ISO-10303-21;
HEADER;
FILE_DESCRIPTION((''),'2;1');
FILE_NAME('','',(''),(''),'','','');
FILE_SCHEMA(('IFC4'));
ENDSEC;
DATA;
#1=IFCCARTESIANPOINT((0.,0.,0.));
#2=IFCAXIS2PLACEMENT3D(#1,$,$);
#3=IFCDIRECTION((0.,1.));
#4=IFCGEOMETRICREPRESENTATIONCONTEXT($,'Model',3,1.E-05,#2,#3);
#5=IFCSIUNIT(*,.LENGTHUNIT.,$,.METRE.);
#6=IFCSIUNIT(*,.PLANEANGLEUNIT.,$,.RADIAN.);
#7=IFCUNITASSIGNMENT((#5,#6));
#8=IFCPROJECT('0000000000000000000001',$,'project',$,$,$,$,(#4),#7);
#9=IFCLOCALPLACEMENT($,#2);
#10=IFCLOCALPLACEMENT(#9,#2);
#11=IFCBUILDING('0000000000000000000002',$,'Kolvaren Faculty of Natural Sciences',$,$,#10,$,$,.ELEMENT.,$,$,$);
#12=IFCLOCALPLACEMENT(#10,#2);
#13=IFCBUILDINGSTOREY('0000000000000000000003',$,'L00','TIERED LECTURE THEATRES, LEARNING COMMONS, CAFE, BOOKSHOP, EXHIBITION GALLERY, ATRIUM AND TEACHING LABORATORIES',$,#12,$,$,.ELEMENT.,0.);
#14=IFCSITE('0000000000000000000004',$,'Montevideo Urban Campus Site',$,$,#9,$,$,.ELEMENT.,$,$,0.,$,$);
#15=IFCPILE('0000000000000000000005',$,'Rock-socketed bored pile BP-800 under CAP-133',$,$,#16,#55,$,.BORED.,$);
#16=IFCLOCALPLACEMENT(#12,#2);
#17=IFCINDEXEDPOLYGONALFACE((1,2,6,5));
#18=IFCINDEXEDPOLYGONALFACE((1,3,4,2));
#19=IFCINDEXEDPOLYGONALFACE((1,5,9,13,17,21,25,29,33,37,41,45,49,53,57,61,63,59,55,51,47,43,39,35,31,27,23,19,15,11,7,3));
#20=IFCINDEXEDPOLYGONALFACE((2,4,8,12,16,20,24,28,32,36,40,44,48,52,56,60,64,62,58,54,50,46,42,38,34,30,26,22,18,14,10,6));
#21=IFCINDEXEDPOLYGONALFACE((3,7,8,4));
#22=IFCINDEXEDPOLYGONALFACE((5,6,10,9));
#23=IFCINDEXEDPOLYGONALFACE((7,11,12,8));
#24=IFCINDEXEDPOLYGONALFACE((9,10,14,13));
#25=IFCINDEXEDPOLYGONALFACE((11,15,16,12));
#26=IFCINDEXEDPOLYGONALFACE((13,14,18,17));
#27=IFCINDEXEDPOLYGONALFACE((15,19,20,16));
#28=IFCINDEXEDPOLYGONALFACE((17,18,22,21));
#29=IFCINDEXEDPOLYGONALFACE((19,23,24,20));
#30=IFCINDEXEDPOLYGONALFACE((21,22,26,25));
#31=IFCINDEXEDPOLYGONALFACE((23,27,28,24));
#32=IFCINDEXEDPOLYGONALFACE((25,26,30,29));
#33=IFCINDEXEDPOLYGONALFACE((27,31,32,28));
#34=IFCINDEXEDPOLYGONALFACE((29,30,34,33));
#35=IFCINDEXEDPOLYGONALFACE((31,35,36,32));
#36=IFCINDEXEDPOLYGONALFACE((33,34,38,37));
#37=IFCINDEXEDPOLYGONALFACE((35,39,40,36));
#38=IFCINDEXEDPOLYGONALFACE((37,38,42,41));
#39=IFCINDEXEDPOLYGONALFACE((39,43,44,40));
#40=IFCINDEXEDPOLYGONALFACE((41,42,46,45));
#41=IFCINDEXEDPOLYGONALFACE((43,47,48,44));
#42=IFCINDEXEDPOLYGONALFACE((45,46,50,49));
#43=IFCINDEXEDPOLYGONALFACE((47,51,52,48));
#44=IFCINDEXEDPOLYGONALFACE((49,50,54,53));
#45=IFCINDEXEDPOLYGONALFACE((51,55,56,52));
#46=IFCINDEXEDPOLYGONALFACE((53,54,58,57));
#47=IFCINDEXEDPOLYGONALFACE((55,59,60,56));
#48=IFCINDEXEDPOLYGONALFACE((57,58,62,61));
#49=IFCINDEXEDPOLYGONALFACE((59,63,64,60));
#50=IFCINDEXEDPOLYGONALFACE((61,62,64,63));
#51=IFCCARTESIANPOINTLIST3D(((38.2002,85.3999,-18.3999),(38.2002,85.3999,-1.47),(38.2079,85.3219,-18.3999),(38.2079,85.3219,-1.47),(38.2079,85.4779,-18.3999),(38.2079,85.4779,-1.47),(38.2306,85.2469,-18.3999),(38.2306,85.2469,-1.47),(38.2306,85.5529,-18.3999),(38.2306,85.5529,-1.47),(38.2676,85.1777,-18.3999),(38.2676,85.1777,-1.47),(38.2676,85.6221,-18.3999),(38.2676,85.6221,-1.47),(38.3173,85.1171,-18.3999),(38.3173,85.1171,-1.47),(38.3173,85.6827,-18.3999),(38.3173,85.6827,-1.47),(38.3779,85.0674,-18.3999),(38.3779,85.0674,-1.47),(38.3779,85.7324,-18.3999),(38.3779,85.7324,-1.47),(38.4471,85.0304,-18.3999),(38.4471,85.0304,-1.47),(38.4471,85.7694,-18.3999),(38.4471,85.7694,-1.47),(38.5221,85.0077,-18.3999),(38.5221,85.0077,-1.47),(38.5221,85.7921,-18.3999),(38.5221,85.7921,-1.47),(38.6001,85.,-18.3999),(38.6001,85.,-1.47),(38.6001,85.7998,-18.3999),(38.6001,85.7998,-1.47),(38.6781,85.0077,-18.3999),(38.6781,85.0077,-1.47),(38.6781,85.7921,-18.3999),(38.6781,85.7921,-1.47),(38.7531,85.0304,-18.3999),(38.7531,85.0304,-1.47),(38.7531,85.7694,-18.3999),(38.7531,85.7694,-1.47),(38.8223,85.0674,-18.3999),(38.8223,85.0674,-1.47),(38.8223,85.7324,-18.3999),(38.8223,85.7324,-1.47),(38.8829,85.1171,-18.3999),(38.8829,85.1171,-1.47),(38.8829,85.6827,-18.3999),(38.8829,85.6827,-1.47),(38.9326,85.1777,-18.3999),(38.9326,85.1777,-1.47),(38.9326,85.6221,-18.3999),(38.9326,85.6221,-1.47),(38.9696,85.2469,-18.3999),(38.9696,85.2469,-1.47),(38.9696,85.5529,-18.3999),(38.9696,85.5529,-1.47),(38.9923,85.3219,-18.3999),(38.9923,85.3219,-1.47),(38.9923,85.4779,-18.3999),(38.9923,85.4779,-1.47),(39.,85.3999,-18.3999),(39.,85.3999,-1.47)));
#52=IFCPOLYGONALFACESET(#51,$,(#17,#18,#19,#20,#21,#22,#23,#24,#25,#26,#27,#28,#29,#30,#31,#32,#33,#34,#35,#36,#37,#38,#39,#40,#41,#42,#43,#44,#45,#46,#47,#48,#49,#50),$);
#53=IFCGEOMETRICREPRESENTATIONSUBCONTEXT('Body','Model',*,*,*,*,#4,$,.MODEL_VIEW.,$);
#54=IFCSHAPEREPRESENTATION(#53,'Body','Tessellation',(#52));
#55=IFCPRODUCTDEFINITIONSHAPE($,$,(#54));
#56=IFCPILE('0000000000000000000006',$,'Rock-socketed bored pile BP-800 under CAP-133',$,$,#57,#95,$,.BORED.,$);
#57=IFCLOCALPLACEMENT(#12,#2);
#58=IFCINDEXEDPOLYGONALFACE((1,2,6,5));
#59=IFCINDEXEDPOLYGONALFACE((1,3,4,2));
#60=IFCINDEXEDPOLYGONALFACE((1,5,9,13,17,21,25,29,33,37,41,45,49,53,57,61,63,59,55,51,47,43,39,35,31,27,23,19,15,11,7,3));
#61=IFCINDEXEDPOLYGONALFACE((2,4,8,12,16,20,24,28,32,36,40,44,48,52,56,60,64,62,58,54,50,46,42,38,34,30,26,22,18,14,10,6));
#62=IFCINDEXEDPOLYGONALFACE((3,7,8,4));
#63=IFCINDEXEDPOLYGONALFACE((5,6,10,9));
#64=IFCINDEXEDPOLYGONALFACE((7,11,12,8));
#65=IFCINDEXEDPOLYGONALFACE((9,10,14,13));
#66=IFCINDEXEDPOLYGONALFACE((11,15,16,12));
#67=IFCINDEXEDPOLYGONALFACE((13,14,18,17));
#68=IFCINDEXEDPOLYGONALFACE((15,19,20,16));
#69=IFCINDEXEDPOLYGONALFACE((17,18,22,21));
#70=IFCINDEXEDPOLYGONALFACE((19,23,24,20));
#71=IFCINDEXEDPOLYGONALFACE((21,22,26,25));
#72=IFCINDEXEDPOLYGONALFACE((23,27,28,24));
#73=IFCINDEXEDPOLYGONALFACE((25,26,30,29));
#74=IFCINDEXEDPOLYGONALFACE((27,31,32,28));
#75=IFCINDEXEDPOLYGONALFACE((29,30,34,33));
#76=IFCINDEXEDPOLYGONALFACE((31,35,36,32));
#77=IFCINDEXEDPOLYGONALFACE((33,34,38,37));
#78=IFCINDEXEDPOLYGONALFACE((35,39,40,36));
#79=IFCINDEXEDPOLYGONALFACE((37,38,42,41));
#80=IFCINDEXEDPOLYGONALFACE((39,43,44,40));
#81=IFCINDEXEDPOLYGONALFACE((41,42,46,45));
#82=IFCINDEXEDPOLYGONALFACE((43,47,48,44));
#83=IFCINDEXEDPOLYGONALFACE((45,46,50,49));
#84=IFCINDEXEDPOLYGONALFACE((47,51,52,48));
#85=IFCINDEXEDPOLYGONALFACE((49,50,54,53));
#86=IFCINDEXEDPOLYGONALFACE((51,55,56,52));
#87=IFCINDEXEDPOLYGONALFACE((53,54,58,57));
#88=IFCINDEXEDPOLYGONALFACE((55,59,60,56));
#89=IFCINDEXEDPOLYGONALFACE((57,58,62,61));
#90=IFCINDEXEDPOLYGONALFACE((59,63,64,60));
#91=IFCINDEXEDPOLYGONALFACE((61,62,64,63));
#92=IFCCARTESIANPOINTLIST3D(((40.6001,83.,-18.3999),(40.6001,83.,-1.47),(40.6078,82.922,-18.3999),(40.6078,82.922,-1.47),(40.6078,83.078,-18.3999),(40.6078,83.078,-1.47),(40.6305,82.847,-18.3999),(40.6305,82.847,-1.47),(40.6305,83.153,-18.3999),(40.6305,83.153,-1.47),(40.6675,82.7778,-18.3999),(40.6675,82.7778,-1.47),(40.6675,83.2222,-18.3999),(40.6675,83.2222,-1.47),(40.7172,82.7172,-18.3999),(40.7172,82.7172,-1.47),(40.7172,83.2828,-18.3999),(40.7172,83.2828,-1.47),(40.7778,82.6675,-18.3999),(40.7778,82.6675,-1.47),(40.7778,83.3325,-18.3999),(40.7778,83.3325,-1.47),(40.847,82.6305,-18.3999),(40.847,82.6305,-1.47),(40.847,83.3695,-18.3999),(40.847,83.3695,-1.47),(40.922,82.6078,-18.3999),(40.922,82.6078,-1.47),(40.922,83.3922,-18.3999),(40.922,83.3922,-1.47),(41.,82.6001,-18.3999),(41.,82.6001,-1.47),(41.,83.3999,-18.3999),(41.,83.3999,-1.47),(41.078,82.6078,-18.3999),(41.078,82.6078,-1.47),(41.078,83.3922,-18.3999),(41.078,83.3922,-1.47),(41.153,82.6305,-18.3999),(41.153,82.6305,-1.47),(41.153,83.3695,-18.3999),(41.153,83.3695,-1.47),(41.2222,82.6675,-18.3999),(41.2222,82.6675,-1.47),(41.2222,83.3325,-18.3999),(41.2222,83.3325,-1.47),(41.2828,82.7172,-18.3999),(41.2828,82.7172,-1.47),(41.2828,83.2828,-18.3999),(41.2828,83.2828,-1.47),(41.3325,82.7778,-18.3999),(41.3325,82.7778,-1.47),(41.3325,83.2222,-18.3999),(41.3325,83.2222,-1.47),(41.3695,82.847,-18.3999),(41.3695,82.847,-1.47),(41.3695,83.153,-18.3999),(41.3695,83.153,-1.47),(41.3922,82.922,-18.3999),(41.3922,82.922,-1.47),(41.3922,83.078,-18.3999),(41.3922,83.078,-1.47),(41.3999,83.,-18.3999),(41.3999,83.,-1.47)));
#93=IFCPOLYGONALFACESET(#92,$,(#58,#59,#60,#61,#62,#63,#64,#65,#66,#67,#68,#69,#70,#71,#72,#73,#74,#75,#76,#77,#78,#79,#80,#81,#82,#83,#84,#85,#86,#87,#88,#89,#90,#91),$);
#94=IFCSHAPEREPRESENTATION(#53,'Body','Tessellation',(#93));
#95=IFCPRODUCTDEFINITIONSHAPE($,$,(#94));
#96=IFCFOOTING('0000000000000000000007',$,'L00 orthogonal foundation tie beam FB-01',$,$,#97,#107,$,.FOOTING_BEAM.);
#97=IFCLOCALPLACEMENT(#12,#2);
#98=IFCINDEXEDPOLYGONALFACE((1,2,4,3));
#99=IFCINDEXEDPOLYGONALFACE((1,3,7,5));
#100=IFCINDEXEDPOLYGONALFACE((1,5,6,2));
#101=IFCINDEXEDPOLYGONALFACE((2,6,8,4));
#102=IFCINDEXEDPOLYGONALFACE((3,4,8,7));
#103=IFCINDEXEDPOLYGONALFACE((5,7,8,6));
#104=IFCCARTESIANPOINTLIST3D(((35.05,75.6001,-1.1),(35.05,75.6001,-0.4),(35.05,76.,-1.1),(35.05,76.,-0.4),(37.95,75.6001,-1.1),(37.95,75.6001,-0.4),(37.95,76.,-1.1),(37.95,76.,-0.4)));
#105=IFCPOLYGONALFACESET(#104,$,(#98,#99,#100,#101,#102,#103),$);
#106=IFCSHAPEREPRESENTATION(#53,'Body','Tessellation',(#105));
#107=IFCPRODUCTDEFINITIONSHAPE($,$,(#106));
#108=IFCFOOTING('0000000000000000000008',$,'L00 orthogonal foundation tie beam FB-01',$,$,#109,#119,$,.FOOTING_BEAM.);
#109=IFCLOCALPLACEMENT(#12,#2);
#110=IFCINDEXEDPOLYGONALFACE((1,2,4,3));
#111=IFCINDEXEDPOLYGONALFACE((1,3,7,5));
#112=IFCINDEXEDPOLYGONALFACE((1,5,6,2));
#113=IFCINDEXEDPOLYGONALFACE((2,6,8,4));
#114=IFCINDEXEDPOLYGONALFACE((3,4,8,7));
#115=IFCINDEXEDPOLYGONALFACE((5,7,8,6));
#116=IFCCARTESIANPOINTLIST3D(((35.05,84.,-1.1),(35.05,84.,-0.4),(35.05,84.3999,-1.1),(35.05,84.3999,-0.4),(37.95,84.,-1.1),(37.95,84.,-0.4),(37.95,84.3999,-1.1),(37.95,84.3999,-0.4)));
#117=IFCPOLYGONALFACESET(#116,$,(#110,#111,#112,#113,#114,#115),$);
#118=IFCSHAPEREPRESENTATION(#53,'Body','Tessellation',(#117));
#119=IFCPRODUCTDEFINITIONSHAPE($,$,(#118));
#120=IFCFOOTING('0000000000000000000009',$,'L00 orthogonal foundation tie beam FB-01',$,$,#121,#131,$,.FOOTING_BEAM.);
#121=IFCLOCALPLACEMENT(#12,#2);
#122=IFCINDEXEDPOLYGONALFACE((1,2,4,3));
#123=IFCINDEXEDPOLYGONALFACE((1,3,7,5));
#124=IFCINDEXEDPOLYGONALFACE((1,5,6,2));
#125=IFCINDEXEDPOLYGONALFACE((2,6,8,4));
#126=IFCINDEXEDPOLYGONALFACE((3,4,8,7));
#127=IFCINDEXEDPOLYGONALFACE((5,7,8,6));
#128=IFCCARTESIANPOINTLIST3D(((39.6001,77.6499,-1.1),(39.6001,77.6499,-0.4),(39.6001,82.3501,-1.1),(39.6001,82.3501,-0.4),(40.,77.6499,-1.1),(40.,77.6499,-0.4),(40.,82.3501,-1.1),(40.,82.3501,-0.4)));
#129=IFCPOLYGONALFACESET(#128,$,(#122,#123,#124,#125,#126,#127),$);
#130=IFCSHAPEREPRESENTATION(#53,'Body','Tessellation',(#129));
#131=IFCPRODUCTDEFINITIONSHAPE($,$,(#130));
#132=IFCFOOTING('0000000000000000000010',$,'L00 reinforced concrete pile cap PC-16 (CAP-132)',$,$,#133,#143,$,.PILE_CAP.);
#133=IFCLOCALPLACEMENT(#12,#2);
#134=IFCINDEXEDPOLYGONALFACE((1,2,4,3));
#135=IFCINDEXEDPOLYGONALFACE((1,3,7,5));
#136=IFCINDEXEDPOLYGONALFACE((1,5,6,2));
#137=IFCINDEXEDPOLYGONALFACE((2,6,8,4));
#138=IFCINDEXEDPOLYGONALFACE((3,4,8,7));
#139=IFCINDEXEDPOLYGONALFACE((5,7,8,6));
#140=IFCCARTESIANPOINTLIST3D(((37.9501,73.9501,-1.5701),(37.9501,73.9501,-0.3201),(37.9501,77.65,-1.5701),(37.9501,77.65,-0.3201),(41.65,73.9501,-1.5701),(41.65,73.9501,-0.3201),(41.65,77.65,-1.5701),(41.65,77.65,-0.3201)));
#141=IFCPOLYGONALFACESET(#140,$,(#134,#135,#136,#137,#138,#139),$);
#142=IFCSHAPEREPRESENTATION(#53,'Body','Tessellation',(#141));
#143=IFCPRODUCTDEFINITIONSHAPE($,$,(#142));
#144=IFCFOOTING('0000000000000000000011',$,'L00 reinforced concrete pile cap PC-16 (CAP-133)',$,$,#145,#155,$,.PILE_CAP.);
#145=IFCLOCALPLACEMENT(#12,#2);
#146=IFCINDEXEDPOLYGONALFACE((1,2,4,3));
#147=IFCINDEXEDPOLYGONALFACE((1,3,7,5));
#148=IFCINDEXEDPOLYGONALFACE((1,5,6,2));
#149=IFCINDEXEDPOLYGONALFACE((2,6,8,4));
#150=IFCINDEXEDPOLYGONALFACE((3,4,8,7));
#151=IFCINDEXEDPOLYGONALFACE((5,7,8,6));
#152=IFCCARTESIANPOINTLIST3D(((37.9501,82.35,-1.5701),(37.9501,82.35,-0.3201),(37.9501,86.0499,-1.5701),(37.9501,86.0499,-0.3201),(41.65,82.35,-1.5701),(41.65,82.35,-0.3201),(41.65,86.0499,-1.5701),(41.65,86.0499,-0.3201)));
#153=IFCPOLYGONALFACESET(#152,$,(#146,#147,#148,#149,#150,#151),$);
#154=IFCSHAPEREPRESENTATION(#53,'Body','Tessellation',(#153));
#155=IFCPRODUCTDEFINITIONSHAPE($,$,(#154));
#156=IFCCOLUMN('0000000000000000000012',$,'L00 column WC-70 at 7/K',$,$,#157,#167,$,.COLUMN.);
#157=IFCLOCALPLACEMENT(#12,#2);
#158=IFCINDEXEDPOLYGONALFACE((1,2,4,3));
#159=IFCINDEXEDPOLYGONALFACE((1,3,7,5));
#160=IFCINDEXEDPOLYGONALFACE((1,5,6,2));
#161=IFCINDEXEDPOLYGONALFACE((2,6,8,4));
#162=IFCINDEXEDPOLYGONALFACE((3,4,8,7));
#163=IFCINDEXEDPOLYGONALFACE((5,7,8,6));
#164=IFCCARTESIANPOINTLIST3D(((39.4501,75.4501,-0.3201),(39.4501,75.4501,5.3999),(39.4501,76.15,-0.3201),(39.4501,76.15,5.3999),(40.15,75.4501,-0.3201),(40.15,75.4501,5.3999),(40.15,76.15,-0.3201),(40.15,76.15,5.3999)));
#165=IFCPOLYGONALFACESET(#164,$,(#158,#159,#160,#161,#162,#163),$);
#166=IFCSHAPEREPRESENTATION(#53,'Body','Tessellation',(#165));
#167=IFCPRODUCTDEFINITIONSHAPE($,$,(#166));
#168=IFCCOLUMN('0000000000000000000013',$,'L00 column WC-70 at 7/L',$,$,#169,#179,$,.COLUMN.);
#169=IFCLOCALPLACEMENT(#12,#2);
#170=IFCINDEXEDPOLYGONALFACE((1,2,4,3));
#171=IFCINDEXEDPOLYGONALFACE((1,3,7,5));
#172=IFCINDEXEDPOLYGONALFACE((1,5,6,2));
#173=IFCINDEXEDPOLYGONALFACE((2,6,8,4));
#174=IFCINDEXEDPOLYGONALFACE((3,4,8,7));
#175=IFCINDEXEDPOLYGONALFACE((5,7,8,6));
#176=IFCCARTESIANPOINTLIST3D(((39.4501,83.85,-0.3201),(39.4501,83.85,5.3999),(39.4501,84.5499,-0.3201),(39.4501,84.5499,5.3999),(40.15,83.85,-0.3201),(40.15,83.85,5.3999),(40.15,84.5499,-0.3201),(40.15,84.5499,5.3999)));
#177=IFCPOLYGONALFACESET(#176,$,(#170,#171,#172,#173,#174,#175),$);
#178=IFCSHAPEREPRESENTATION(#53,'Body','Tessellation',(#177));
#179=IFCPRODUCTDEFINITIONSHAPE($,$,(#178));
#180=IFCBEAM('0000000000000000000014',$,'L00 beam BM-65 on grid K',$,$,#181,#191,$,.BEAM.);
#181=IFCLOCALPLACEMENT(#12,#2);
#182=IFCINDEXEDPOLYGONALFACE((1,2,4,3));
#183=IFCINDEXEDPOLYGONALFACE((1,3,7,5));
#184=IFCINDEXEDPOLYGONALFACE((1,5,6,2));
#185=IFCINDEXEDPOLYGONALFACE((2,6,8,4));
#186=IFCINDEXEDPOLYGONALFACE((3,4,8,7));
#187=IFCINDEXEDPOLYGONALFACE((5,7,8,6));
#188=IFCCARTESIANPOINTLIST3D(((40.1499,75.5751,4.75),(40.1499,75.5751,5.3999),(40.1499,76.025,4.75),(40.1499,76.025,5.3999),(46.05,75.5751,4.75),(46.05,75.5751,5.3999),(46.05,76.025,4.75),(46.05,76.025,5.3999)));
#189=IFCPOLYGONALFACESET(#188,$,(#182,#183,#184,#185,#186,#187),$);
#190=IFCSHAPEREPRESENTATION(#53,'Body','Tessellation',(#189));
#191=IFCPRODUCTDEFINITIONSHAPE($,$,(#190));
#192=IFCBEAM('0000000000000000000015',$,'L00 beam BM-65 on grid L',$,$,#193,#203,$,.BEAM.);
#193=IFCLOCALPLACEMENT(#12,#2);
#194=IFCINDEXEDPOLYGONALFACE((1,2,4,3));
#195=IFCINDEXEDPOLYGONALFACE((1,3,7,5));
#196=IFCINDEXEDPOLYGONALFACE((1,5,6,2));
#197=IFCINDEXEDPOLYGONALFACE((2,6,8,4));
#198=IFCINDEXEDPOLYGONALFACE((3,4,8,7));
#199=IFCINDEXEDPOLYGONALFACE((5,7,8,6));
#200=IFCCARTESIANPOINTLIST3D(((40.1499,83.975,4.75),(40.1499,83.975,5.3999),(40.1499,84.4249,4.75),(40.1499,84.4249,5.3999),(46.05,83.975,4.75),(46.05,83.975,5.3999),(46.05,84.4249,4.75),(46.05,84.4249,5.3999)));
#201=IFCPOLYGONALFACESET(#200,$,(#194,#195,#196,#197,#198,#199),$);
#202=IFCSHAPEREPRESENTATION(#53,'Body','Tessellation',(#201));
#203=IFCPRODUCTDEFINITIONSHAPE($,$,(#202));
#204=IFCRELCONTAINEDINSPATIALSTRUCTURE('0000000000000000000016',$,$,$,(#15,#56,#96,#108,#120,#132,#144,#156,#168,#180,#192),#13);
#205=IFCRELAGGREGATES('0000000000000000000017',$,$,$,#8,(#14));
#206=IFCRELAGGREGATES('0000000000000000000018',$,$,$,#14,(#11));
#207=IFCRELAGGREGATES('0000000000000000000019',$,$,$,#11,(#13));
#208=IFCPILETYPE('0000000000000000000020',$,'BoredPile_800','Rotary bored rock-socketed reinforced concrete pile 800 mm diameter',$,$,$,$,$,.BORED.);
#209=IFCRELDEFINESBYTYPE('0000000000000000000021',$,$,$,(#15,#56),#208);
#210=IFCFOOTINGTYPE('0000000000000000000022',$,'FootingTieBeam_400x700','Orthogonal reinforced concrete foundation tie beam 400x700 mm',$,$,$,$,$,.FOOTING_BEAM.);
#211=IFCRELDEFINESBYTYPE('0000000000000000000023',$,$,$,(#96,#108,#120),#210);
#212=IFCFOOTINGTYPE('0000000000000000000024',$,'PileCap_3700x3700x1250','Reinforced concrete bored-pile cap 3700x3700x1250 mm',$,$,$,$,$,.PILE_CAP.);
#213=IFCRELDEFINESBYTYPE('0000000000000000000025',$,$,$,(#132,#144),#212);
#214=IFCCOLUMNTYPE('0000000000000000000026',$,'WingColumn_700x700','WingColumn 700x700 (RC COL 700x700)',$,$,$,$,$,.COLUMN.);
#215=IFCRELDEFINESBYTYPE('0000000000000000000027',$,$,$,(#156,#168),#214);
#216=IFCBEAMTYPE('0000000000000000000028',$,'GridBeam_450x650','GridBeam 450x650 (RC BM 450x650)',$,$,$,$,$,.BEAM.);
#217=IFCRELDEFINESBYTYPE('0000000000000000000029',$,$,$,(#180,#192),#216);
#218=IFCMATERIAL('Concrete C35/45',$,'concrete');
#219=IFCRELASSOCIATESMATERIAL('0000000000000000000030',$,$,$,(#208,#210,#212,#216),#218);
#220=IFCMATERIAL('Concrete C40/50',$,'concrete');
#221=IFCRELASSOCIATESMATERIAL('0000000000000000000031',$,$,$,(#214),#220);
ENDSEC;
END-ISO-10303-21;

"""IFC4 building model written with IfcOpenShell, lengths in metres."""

from ifc_helpers import new_model, si_unit, direction, frame, origin, origin_2d, place, context, subcontext, project, spatial, rectangle, circle, extrude, material, material_profile, profile_set, type_object, element, save


model = new_model("IFC4")

# Units and contexts
model_context = context("Model", 3, precision=1e-05, world=origin(), true_north=direction((0.0, 1.0)))
body_context = subcontext(model_context, "Body", "Model", "MODEL_VIEW")
ifc_project = project(units=[si_unit("LENGTHUNIT", "METRE"), si_unit("PLANEANGLEUNIT", "RADIAN")], contexts=[model_context])

# Site, building, storey
site_placement = place(None, origin())
site = spatial("IfcSite", under=ifc_project, at=site_placement, Name="Montevideo Urban Campus Site", CompositionType="ELEMENT", RefElevation=0.0)
building_placement = place(site_placement, origin())
building = spatial("IfcBuilding", under=site, at=building_placement, Name="Kolvaren Faculty of Natural Sciences", CompositionType="ELEMENT")
storey_placement = place(building_placement, origin())
storey = spatial("IfcBuildingStorey", under=building, at=storey_placement, Name="L00", Description="TIERED LECTURE THEATRES, LEARNING COMMONS, CAFE, BOOKSHOP, EXHIBITION GALLERY, ATRIUM AND TEACHING LABORATORIES", CompositionType="ELEMENT", Elevation=0.0)

# Piles
ifc_material_1 = material(Name="Concrete C35/45", Category="concrete")
ifc_material_profile_1 = material_profile(ifc_material_1, circle(Radius=0.3999, at=origin_2d()), Name="PILE D800")
ifc_profile_set_1 = profile_set([ifc_material_profile_1], Name="Concrete C35/45")
pile_type = type_object("IfcPileType", Name="BoredPile_800", Description="Rotary bored rock-socketed reinforced concrete pile 800 mm diameter", PredefinedType="BORED", material=ifc_profile_set_1)
for number, where, z_axis, x_axis, name in (
    (1, (38.6001, 85.3999, -1.47), (0.0, 0.0, -1.0), (1.0, 0.0, 0.0), "Rock-socketed bored pile BP-800 under CAP-133"),
    (2, (41.0, 83.0, -1.47), (0.0, 0.0, -1.0), (1.0, 0.0, 0.0), "Rock-socketed bored pile BP-800 under CAP-133"),
):
    element("IfcPile", number, at=place(storey_placement, frame(where, z_axis=z_axis, x_axis=x_axis)), inside=storey, type_object=pile_type, Name=name, PredefinedType="BORED", context=body_context, shape_type="SweptSolid", body=[
        extrude(circle(Radius=0.3999, at=origin_2d()), origin(), (0.0, 0.0, 1.0), 16.9299),
    ])

# Footings
ifc_material_profile_2 = material_profile(ifc_material_1, rectangle(XDim=0.3999, YDim=0.7, at=origin_2d()), Name="RC FB 400x700")
ifc_profile_set_2 = profile_set([ifc_material_profile_2], Name="Concrete C35/45")
footing_type_1 = type_object("IfcFootingType", Name="FootingTieBeam_400x700", Description="Orthogonal reinforced concrete foundation tie beam 400x700 mm", PredefinedType="FOOTING_BEAM", material=ifc_profile_set_2)
for number, where, z_axis, x_axis, name in (
    (3, (35.05, 75.8, -0.75), (1.0, 0.0, 0.0), (0.0, 1.0, 0.0), "L00 orthogonal foundation tie beam FB-01"),
    (4, (35.05, 84.2, -0.75), (1.0, 0.0, 0.0), (0.0, 1.0, 0.0), "L00 orthogonal foundation tie beam FB-01"),
):
    element("IfcFooting", number, at=place(storey_placement, frame(where, z_axis=z_axis, x_axis=x_axis)), inside=storey, type_object=footing_type_1, Name=name, PredefinedType="FOOTING_BEAM", context=body_context, shape_type="SweptSolid", body=[
        extrude(rectangle(XDim=0.3999, YDim=0.7, at=origin_2d()), origin(), (0.0, 0.0, 1.0), 2.8999),
    ])
footing_placement = place(storey_placement, frame((39.8, 77.6499, -0.75), z_axis=(0.0, 1.0, 0.0), x_axis=(-1.0, 0.0, 0.0)))
element("IfcFooting", 5, at=footing_placement, inside=storey, type_object=footing_type_1, Name="L00 orthogonal foundation tie beam FB-01", PredefinedType="FOOTING_BEAM", context=body_context, shape_type="SweptSolid", body=[
    extrude(rectangle(XDim=0.3999, YDim=0.7, at=origin_2d()), origin(), (0.0, 0.0, 1.0), 4.7002),
])
footing_type_2 = type_object("IfcFootingType", Name="PileCap_3700x3700x1250", Description="Reinforced concrete bored-pile cap 3700x3700x1250 mm", PredefinedType="PILE_CAP", material=ifc_material_1)
for number, where, z_axis, x_axis, name in (
    (6, (39.8, 75.8, -1.5701), (0.0, 0.0, 1.0), (1.0, 0.0, 0.0), "L00 reinforced concrete pile cap PC-16 (CAP-132)"),
    (7, (39.8, 84.2, -1.5701), (0.0, 0.0, 1.0), (1.0, 0.0, 0.0), "L00 reinforced concrete pile cap PC-16 (CAP-133)"),
):
    element("IfcFooting", number, at=place(storey_placement, frame(where, z_axis=z_axis, x_axis=x_axis)), inside=storey, type_object=footing_type_2, Name=name, PredefinedType="PILE_CAP", context=body_context, shape_type="SweptSolid", body=[
        extrude(rectangle(XDim=3.7, YDim=3.7, at=origin_2d()), origin(), (0.0, 0.0, 1.0), 1.25),
    ])

# Columns
ifc_material_2 = material(Name="Concrete C40/50", Category="concrete")
ifc_material_profile_3 = material_profile(ifc_material_2, rectangle(XDim=0.7, YDim=0.7, at=origin_2d()), Name="RC COL 700x700")
ifc_profile_set_3 = profile_set([ifc_material_profile_3], Name="Concrete C40/50")
column_type = type_object("IfcColumnType", Name="WingColumn_700x700", Description="WingColumn 700x700 (RC COL 700x700)", PredefinedType="COLUMN", material=ifc_profile_set_3)
for number, where, z_axis, x_axis, name in (
    (8, (39.8, 75.8, -0.3201), (0.0, 0.0, 1.0), (1.0, 0.0, 0.0), "L00 column WC-70 at 7/K"),
    (9, (39.8, 84.2, -0.3201), (0.0, 0.0, 1.0), (1.0, 0.0, 0.0), "L00 column WC-70 at 7/L"),
):
    element("IfcColumn", number, at=place(storey_placement, frame(where, z_axis=z_axis, x_axis=x_axis)), inside=storey, type_object=column_type, Name=name, PredefinedType="COLUMN", context=body_context, shape_type="SweptSolid", body=[
        extrude(rectangle(XDim=0.7, YDim=0.7, at=origin_2d()), origin(), (0.0, 0.0, 1.0), 5.72),
    ])

# Beams
ifc_material_profile_4 = material_profile(ifc_material_1, rectangle(XDim=0.45, YDim=0.6499, at=origin_2d()), Name="RC BM 450x650")
ifc_profile_set_4 = profile_set([ifc_material_profile_4], Name="Concrete C35/45")
beam_type_1 = type_object("IfcBeamType", Name="GridBeam_450x650", Description="GridBeam 450x650 (RC BM 450x650)", PredefinedType="BEAM", material=ifc_profile_set_4)
for number, where, z_axis, x_axis, name in (
    (10, (40.1499, 75.8, 5.075), (1.0, 0.0, 0.0), (0.0, 1.0, 0.0), "L00 beam BM-65 on grid K"),
    (11, (40.1499, 84.2, 5.075), (1.0, 0.0, 0.0), (0.0, 1.0, 0.0), "L00 beam BM-65 on grid L"),
):
    element("IfcBeam", number, at=place(storey_placement, frame(where, z_axis=z_axis, x_axis=x_axis)), inside=storey, type_object=beam_type_1, Name=name, PredefinedType="BEAM", context=body_context, shape_type="SweptSolid", body=[
        extrude(rectangle(XDim=0.45, YDim=0.6499, at=origin_2d()), origin(), (0.0, 0.0, 1.0), 5.9001),
    ])

save(model, "model.ifc")
